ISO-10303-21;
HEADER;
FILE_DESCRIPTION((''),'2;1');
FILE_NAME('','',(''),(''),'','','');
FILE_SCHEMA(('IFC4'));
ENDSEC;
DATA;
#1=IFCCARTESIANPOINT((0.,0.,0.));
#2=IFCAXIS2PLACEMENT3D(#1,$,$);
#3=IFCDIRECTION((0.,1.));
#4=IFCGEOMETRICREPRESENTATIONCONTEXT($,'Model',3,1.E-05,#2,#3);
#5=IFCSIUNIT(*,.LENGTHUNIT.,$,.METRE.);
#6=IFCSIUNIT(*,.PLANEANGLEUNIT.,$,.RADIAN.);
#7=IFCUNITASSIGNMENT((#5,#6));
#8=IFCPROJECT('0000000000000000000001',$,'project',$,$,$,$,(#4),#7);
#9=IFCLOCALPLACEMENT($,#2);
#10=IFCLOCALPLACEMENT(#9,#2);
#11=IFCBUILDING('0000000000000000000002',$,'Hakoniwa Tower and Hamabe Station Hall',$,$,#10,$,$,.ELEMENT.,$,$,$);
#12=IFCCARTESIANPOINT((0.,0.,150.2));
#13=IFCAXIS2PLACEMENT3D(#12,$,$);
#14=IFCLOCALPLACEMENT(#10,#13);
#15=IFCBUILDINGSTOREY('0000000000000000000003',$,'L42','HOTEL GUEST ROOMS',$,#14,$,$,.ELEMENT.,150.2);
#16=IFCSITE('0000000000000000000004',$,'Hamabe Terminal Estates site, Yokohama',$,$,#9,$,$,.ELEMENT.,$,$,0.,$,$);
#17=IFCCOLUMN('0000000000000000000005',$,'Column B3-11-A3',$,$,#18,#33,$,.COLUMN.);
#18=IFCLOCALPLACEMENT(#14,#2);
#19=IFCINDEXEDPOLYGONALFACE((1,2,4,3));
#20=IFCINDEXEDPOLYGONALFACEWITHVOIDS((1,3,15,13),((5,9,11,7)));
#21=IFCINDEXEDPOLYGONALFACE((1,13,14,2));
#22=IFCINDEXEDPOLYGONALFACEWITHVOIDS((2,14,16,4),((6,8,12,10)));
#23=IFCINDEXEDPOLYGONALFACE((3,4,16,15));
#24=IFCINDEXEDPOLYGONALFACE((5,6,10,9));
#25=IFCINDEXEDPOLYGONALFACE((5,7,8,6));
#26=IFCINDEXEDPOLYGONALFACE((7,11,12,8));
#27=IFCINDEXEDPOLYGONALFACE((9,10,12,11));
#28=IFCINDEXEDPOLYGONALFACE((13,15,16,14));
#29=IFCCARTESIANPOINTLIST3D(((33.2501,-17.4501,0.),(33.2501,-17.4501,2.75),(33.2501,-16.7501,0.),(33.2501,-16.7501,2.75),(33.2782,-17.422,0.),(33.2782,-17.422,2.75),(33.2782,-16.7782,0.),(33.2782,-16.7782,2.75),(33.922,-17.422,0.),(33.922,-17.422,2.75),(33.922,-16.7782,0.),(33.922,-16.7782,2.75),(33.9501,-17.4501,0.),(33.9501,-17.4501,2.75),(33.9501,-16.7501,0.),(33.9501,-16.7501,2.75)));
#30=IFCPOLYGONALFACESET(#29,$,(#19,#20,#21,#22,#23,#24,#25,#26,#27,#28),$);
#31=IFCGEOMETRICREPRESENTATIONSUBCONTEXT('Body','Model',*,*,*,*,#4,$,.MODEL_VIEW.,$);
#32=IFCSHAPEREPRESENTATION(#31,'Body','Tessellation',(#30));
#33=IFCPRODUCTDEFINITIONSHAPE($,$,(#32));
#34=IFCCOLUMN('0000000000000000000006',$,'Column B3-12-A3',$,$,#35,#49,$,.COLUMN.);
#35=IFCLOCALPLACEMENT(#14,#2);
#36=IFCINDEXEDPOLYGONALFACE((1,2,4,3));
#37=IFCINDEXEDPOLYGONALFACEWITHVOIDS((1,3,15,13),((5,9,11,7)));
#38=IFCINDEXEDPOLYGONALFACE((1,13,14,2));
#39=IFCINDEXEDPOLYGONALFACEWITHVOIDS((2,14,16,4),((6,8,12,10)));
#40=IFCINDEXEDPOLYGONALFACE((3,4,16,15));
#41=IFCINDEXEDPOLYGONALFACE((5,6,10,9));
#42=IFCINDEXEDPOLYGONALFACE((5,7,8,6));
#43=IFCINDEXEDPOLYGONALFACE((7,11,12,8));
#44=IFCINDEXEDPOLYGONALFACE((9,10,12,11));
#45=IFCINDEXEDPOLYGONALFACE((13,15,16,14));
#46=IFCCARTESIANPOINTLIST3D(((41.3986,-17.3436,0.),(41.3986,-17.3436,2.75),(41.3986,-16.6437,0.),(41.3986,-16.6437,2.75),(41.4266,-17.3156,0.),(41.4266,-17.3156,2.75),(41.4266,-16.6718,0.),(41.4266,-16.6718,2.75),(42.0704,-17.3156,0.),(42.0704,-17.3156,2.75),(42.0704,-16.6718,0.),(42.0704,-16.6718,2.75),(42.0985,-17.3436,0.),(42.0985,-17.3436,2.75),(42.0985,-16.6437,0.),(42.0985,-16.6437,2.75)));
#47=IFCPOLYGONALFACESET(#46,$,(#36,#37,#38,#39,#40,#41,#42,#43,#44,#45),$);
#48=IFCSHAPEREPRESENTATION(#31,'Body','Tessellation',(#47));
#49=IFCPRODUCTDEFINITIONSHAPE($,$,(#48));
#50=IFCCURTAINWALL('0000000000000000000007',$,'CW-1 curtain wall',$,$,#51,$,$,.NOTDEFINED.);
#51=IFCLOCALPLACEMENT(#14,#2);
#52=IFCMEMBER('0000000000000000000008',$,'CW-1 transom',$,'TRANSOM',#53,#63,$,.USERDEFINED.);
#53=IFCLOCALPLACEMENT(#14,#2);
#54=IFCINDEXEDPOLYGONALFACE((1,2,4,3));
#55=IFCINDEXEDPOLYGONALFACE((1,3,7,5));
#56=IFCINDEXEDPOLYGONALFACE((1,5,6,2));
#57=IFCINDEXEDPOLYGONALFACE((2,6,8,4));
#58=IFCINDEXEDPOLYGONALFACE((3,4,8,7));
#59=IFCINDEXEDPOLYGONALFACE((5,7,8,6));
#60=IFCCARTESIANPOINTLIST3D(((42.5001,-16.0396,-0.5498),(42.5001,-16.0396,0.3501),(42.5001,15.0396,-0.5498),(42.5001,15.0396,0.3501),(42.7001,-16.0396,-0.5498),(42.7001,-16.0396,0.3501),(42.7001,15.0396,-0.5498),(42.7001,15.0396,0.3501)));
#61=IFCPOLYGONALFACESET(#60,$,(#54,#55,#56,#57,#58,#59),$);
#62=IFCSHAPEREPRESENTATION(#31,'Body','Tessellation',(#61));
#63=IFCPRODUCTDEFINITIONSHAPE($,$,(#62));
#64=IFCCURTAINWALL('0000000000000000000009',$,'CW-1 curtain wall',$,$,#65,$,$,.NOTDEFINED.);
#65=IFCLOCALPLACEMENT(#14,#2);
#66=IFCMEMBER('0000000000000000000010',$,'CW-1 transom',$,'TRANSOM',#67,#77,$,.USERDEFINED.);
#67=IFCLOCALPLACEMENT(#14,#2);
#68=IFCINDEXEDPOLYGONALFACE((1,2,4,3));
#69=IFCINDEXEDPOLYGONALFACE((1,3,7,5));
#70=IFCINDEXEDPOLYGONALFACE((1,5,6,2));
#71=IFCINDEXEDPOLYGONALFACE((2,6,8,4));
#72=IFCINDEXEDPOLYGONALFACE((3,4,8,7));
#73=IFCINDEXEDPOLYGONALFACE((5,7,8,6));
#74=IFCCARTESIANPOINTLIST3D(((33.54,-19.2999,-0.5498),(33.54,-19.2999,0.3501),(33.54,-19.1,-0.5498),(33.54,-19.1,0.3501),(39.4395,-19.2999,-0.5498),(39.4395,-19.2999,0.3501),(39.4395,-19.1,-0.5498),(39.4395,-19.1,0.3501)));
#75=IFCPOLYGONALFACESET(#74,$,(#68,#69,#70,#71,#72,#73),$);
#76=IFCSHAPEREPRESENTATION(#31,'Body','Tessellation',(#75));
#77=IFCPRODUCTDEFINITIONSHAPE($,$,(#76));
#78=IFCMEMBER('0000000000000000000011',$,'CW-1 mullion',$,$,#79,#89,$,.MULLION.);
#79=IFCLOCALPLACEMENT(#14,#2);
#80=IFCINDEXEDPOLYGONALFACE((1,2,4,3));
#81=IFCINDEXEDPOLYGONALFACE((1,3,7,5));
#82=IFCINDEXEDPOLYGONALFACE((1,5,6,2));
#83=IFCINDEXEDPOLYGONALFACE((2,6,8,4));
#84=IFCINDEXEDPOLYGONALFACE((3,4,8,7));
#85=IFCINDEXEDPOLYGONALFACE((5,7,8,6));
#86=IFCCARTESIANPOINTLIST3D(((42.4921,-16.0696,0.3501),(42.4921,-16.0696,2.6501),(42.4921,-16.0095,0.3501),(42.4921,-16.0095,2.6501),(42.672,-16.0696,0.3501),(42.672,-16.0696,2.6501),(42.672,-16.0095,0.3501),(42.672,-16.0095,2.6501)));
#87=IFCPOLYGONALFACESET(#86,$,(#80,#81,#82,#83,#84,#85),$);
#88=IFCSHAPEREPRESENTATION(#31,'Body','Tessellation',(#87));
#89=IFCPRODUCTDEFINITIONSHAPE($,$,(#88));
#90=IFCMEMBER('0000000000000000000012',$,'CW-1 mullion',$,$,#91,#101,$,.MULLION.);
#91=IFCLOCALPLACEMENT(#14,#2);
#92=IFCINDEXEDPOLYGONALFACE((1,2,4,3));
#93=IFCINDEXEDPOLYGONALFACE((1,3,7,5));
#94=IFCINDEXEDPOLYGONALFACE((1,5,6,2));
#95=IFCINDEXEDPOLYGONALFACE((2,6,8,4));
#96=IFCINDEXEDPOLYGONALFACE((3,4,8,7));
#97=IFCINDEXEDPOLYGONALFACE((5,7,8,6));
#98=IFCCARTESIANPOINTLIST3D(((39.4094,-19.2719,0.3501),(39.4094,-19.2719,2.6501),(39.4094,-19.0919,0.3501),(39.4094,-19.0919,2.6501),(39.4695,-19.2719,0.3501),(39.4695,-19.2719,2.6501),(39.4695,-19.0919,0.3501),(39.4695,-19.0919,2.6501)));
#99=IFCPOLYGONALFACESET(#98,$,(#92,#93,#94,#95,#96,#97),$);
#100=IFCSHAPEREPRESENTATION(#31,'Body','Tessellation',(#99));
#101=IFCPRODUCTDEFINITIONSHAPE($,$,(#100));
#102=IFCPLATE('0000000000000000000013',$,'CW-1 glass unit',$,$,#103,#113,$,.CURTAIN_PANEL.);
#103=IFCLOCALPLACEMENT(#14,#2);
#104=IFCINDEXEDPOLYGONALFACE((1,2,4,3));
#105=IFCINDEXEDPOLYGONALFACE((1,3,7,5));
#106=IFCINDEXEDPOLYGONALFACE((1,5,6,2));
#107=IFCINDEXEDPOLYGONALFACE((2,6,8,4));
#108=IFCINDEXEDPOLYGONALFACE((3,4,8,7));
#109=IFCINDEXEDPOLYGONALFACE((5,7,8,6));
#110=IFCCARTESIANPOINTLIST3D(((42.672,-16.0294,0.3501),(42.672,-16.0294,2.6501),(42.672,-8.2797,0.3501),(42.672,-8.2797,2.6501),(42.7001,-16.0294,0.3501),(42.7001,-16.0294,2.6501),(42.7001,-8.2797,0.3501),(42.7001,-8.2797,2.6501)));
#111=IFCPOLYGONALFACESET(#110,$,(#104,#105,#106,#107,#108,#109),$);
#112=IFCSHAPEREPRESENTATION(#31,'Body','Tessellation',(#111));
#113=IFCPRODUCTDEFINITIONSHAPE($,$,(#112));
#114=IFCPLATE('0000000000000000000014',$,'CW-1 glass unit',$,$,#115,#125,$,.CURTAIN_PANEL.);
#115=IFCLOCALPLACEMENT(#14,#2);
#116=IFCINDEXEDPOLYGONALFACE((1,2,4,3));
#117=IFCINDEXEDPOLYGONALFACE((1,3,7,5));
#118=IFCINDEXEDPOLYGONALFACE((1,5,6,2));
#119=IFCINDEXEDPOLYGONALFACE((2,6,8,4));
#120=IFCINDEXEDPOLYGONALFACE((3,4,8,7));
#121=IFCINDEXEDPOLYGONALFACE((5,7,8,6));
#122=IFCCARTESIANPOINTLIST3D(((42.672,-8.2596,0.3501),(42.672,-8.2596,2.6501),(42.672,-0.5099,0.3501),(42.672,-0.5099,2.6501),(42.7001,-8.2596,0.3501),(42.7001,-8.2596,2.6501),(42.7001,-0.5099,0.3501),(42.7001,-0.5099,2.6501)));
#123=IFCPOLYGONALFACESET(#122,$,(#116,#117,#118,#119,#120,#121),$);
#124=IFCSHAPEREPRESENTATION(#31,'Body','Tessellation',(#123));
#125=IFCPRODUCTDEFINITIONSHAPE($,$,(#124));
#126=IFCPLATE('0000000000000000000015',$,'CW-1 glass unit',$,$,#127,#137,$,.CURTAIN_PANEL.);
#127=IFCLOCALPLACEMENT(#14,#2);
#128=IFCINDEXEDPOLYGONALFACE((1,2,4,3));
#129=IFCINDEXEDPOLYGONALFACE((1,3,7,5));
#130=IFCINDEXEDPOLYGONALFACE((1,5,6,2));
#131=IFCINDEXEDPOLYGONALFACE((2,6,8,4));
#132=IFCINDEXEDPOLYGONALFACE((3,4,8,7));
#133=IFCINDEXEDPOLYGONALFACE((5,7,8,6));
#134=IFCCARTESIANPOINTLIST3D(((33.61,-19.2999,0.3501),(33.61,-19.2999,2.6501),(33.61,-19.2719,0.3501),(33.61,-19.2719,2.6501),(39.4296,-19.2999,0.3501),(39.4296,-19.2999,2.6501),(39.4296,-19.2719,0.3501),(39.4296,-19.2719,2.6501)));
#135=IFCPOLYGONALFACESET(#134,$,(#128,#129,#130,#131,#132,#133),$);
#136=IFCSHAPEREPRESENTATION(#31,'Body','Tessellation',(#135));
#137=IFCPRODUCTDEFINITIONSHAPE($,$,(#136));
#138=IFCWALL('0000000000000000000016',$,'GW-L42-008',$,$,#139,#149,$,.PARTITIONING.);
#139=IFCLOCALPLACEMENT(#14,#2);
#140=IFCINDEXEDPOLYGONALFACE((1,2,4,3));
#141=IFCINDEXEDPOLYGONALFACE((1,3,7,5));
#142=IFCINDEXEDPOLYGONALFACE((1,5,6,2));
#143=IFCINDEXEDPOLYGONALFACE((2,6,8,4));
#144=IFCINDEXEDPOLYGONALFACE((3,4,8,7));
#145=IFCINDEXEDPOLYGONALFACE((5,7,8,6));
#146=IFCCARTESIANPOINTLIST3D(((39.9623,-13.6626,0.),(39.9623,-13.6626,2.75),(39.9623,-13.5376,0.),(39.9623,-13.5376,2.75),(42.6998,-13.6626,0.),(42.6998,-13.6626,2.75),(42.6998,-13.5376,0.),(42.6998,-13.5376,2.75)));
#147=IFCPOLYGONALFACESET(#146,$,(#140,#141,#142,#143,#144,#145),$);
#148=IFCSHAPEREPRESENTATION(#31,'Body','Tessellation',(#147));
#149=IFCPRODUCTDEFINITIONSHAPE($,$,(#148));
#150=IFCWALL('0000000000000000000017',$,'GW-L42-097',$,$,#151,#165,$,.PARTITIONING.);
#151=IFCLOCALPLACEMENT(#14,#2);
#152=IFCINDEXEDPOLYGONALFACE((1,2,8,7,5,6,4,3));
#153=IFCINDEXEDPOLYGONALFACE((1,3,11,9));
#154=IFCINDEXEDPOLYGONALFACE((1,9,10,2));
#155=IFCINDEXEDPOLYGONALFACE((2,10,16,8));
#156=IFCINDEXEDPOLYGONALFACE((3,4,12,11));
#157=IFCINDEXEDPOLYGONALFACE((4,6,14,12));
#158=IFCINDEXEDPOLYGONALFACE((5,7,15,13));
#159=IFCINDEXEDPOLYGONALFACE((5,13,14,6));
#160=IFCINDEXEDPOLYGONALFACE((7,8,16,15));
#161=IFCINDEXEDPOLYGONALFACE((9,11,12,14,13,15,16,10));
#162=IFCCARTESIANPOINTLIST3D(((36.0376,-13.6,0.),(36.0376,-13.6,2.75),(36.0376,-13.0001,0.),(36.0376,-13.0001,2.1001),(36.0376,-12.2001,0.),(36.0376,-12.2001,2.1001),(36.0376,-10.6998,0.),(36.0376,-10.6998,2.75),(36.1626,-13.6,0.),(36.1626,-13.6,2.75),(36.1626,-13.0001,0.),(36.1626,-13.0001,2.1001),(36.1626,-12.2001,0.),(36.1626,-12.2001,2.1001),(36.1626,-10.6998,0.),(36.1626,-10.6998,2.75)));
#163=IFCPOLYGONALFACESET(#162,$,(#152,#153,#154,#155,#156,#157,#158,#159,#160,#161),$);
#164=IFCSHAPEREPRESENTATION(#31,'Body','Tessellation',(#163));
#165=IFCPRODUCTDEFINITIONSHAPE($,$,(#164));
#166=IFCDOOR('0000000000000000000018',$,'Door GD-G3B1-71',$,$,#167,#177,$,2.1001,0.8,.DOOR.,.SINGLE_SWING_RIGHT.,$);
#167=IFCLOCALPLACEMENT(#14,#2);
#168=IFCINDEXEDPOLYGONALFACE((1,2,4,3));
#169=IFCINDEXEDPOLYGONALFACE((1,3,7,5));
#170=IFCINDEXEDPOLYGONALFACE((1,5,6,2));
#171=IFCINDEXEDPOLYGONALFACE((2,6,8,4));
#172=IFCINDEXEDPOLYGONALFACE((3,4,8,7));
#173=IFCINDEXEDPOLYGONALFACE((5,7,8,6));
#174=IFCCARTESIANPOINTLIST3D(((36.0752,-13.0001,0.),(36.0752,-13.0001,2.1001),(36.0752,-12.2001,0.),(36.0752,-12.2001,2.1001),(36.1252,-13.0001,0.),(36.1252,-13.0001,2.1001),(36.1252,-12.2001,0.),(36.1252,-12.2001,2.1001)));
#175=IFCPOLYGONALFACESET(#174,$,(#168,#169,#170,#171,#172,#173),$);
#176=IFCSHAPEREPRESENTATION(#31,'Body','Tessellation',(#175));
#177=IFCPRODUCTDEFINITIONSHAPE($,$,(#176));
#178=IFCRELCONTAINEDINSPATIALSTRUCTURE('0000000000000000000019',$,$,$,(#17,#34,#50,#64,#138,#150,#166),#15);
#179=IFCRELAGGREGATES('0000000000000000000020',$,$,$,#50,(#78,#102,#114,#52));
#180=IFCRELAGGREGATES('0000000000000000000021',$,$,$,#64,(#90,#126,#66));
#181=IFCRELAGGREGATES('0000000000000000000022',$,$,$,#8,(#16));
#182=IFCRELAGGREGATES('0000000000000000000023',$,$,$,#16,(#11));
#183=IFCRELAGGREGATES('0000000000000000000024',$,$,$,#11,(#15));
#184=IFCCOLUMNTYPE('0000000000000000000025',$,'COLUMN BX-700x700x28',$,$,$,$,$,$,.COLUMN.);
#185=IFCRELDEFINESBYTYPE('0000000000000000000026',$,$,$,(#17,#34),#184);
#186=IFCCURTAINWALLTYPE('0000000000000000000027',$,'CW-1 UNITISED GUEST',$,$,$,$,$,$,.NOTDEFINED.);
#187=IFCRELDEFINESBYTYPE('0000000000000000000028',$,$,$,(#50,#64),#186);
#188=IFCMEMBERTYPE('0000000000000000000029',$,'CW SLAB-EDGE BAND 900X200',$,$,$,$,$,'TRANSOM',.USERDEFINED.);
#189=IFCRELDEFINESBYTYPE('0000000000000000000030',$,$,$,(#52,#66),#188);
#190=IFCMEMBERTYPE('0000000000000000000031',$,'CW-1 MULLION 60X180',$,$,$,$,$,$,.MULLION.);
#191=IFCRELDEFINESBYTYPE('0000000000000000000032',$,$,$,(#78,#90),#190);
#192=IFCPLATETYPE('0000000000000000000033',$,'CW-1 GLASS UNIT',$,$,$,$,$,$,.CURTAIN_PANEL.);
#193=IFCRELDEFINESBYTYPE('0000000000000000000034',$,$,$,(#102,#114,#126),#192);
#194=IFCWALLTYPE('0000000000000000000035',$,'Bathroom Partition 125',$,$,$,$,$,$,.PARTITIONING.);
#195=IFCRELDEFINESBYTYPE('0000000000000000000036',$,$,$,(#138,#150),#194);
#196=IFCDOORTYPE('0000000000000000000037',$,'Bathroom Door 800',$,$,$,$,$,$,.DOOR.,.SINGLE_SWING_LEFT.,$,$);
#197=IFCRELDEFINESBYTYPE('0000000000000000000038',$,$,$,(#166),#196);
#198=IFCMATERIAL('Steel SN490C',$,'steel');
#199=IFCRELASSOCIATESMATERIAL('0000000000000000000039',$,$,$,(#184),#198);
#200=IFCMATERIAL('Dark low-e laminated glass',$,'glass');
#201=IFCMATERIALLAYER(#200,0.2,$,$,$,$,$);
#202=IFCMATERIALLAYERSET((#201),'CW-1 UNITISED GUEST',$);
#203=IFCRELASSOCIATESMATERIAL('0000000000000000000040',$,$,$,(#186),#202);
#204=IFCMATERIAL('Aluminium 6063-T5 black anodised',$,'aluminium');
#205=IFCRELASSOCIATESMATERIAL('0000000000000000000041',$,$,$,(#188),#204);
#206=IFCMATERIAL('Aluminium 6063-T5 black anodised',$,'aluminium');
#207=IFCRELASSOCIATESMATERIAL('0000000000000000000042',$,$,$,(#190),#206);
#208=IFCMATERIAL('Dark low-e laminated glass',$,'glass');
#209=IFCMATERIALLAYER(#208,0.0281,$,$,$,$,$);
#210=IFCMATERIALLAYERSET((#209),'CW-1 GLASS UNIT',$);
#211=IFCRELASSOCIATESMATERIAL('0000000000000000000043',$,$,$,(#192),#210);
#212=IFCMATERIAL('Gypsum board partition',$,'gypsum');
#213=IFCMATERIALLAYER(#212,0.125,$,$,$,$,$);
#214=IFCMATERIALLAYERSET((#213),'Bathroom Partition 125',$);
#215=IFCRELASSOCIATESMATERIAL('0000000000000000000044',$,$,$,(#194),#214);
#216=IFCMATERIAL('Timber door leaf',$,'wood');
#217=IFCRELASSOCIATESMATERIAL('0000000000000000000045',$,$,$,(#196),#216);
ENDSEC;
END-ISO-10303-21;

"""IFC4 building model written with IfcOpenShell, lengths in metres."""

from ifc_helpers import new_model, si_unit, direction, frame, frame_2d, origin, origin_2d, place, context, subcontext, project, spatial, rectangle, hollow_rectangle, extrude, material, layer, layer_set, material_profile, profile_set, type_object, element, fill, aggregate, save


model = new_model("IFC4")

# Units and contexts
model_context = context("Model", 3, precision=1e-05, world=origin(), true_north=direction((0.0, 1.0)))
body_context = subcontext(model_context, "Body", "Model", "MODEL_VIEW")
ifc_project = project(units=[si_unit("LENGTHUNIT", "METRE"), si_unit("PLANEANGLEUNIT", "RADIAN")], contexts=[model_context])

# Site, building, storey
site_placement = place(None, origin())
site = spatial("IfcSite", under=ifc_project, at=site_placement, Name="Hamabe Terminal Estates site, Yokohama", CompositionType="ELEMENT", RefElevation=0.0)
building_placement = place(site_placement, origin())
building = spatial("IfcBuilding", under=site, at=building_placement, Name="Hakoniwa Tower and Hamabe Station Hall", CompositionType="ELEMENT")
storey_placement = place(building_placement, frame((0.0, 0.0, 150.2)))
storey = spatial("IfcBuildingStorey", under=building, at=storey_placement, Name="L42", Description="HOTEL GUEST ROOMS", CompositionType="ELEMENT", Elevation=150.2)

# Columns
ifc_material_1 = material(Name="Steel SN490C", Category="steel")
ifc_material_profile_1 = material_profile(ifc_material_1, hollow_rectangle(XDim=0.7, YDim=0.7, WallThickness=0.0281, at=origin_2d()), Name="BX-700x700x28")
ifc_profile_set_1 = profile_set([ifc_material_profile_1], Name="Steel SN490C")
column_type = type_object("IfcColumnType", Name="COLUMN BX-700x700x28", PredefinedType="COLUMN", material=ifc_profile_set_1)
for number, where, z_axis, x_axis, name in (
    (1, (33.6001, -17.1001, 0.0), (0.0, 0.0, 1.0), (1.0, 0.0, 0.0), "Column B3-11-A3"),
    (2, (41.7485, -16.9937, 0.0), (0.0, 0.0, 1.0), (1.0, 0.0, 0.0), "Column B3-12-A3"),
):
    element("IfcColumn", number, at=place(storey_placement, frame(where, z_axis=z_axis, x_axis=x_axis)), inside=storey, type_object=column_type, Name=name, PredefinedType="COLUMN", context=body_context, shape_type="SweptSolid", body=[
        extrude(hollow_rectangle(XDim=0.7, YDim=0.7, WallThickness=0.0281, at=origin_2d()), origin(), (0.0, 0.0, 1.0), 2.75),
    ])

# Curtain walls, members
ifc_material_2 = material(Name="Dark low-e laminated glass", Category="glass")
ifc_layer_1 = layer(ifc_material_2, 0.2)
ifc_layer_set_1 = layer_set([ifc_layer_1], Name="CW-1 UNITISED GUEST")
curtain_wall_type = type_object("IfcCurtainWallType", Name="CW-1 UNITISED GUEST", PredefinedType="NOTDEFINED", material=ifc_layer_set_1)
curtain_wall_1_placement = place(storey_placement, origin())
curtain_wall_1 = element("IfcCurtainWall", 3, at=curtain_wall_1_placement, inside=storey, type_object=curtain_wall_type, Name="CW-1 curtain wall", PredefinedType="NOTDEFINED")
ifc_material_3 = material(Name="Aluminium 6063-T5 black anodised", Category="aluminium")
ifc_material_profile_2 = material_profile(ifc_material_3, rectangle(XDim=0.2, YDim=0.8999, at=origin_2d()), Name="CW SLAB-EDGE BAND 900X200")
ifc_profile_set_2 = profile_set([ifc_material_profile_2], Name="Aluminium 6063-T5 black anodised")
member_type_1 = type_object("IfcMemberType", Name="CW SLAB-EDGE BAND 900X200", ElementType="TRANSOM", PredefinedType="USERDEFINED", material=ifc_profile_set_2)
member_1_placement = place(storey_placement, frame((42.6001, -16.0396, -0.0999), z_axis=(0.0, 1.0, 0.0), x_axis=(-1.0, 0.0, 0.0)))
member_1 = element("IfcMember", 4, at=member_1_placement, type_object=member_type_1, Name="CW-1 transom", ObjectType="TRANSOM", PredefinedType="USERDEFINED", context=body_context, shape_type="SweptSolid", body=[
    extrude(rectangle(XDim=0.2, YDim=0.8999, at=origin_2d()), origin(), (0.0, 0.0, 1.0), 31.0791),
])
curtain_wall_2_placement = place(storey_placement, origin())
curtain_wall_2 = element("IfcCurtainWall", 5, at=curtain_wall_2_placement, inside=storey, type_object=curtain_wall_type, Name="CW-1 curtain wall", PredefinedType="NOTDEFINED")
member_2_placement = place(storey_placement, frame((33.54, -19.2, -0.0999), z_axis=(1.0, 0.0, 0.0), x_axis=(0.0, 1.0, 0.0)))
member_2 = element("IfcMember", 6, at=member_2_placement, type_object=member_type_1, Name="CW-1 transom", ObjectType="TRANSOM", PredefinedType="USERDEFINED", context=body_context, shape_type="SweptSolid", body=[
    extrude(rectangle(XDim=0.2, YDim=0.8999, at=origin_2d()), origin(), (0.0, 0.0, 1.0), 5.8994),
])

# Members
ifc_material_4 = material(Name="Aluminium 6063-T5 black anodised", Category="aluminium")
ifc_material_profile_3 = material_profile(ifc_material_4, rectangle(XDim=0.0601, YDim=0.1799, at=origin_2d()), Name="CW-1 MULLION 60X180")
ifc_profile_set_3 = profile_set([ifc_material_profile_3], Name="Aluminium 6063-T5 black anodised")
member_type_2 = type_object("IfcMemberType", Name="CW-1 MULLION 60X180", PredefinedType="MULLION", material=ifc_profile_set_3)
member_3_placement = place(storey_placement, frame((42.582, -16.0396, 0.3501), z_axis=(0.0, 0.0, 1.0), x_axis=(0.0, 1.0, 0.0)))
member_3 = element("IfcMember", 7, at=member_3_placement, type_object=member_type_2, Name="CW-1 mullion", PredefinedType="MULLION", context=body_context, shape_type="SweptSolid", body=[
    extrude(rectangle(XDim=0.0601, YDim=0.1799, at=origin_2d()), origin(), (0.0, 0.0, 1.0), 2.3),
])
member_4_placement = place(storey_placement, frame((39.4395, -19.1819, 0.3501), z_axis=(0.0, 0.0, 1.0), x_axis=(1.0, 0.0, 0.0)))
member_4 = element("IfcMember", 8, at=member_4_placement, type_object=member_type_2, Name="CW-1 mullion", PredefinedType="MULLION", context=body_context, shape_type="SweptSolid", body=[
    extrude(rectangle(XDim=0.0601, YDim=0.1799, at=origin_2d()), origin(), (0.0, 0.0, 1.0), 2.3),
])

# Plates
ifc_material_5 = material(Name="Dark low-e laminated glass", Category="glass")
ifc_layer_2 = layer(ifc_material_5, 0.0281)
ifc_layer_set_2 = layer_set([ifc_layer_2], Name="CW-1 GLASS UNIT")
plate_type = type_object("IfcPlateType", Name="CW-1 GLASS UNIT", PredefinedType="CURTAIN_PANEL", material=ifc_layer_set_2)
plate_1_placement = place(storey_placement, frame((42.686, -12.1545, 0.3501), z_axis=(0.0, 0.0, 1.0), x_axis=(0.0, 1.0, 0.0)))
plate_1 = element("IfcPlate", 9, at=plate_1_placement, type_object=plate_type, Name="CW-1 glass unit", PredefinedType="CURTAIN_PANEL", context=body_context, shape_type="SweptSolid", body=[
    extrude(rectangle(XDim=7.7498, YDim=0.0281, at=origin_2d()), origin(), (0.0, 0.0, 1.0), 2.3),
])
plate_2_placement = place(storey_placement, frame((42.686, -4.3848, 0.3501), z_axis=(0.0, 0.0, 1.0), x_axis=(0.0, 1.0, 0.0)))
plate_2 = element("IfcPlate", 10, at=plate_2_placement, type_object=plate_type, Name="CW-1 glass unit", PredefinedType="CURTAIN_PANEL", context=body_context, shape_type="SweptSolid", body=[
    extrude(rectangle(XDim=7.7498, YDim=0.0281, at=origin_2d()), origin(), (0.0, 0.0, 1.0), 2.3),
])
aggregate(curtain_wall_1, [member_3, plate_1, plate_2, member_1])
plate_3_placement = place(storey_placement, frame((36.5198, -19.2859, 0.3501), z_axis=(0.0, 0.0, 1.0), x_axis=(1.0, 0.0, 0.0)))
plate_3 = element("IfcPlate", 11, at=plate_3_placement, type_object=plate_type, Name="CW-1 glass unit", PredefinedType="CURTAIN_PANEL", context=body_context, shape_type="SweptSolid", body=[
    extrude(rectangle(XDim=5.8196, YDim=0.0281, at=origin_2d()), origin(), (0.0, 0.0, 1.0), 2.3),
])
aggregate(curtain_wall_2, [member_4, plate_3, member_2])

# Wall
ifc_material_6 = material(Name="Gypsum board partition", Category="gypsum")
ifc_layer_3 = layer(ifc_material_6, 0.125)
ifc_layer_set_3 = layer_set([ifc_layer_3], Name="Bathroom Partition 125")
wall_type_1 = type_object("IfcWallType", Name="Bathroom Partition 125", PredefinedType="PARTITIONING", material=ifc_layer_set_3)
wall_1_placement = place(storey_placement, frame((39.9624, -13.6001, 0.0), z_axis=(0.0, 0.0, 1.0), x_axis=(1.0, 0.0, 0.0)))
element("IfcWall", 12, at=wall_1_placement, inside=storey, type_object=wall_type_1, Name="GW-L42-008", PredefinedType="PARTITIONING", context=body_context, shape_type="SweptSolid", body=[
    extrude(rectangle(XDim=2.7375, YDim=0.125, at=frame_2d((1.3687, 0.0))), origin(), (0.0, 0.0, 1.0), 2.75),
])

# Wall, opening, door
wall_2_placement = place(storey_placement, frame((36.1001, -13.6001, 0.0), z_axis=(0.0, 0.0, 1.0), x_axis=(0.0, 1.0, 0.0)))
wall_2 = element("IfcWall", 13, at=wall_2_placement, inside=storey, type_object=wall_type_1, Name="GW-L42-097", PredefinedType="PARTITIONING", context=body_context, shape_type="SweptSolid", body=[
    extrude(rectangle(XDim=2.9001, YDim=0.125, at=frame_2d((1.4502, 0.0))), origin(), (0.0, 0.0, 1.0), 2.75),
])
opening_1_placement = place(wall_2_placement, frame((0.6001, 0.0, 0.0)))
opening_1 = element("IfcOpeningElement", 14, at=opening_1_placement, cuts=wall_2, PredefinedType="OPENING", context=body_context, shape_type="SweptSolid", body=[
    extrude(rectangle(XDim=0.8, YDim=2.1001, at=frame_2d((0.3999, 1.05))), frame((0.0, 0.0725, 0.0), z_axis=(0.0, -1.0, 0.0), x_axis=(1.0, 0.0, 0.0)), (0.0, 0.0, 1.0), 0.145),
])
ifc_material_7 = material(Name="Timber door leaf", Category="wood")
door_type_1 = type_object("IfcDoorType", Name="Bathroom Door 800", OperationType="SINGLE_SWING_LEFT", PredefinedType="DOOR", material=ifc_material_7)
door_1_placement = place(opening_1_placement, origin())
door_1 = element("IfcDoor", 15, at=door_1_placement, inside=storey, type_object=door_type_1, Name="Door GD-G3B1-71", OperationType="SINGLE_SWING_RIGHT", OverallHeight=2.1001, OverallWidth=0.8, PredefinedType="DOOR", context=body_context, shape_type="SweptSolid", body=[
    extrude(rectangle(XDim=0.8, YDim=2.1001, at=frame_2d((0.3999, 1.05))), frame((0.0, 0.0249, 0.0), z_axis=(0.0, -1.0, 0.0), x_axis=(1.0, 0.0, 0.0)), (0.0, 0.0, 1.0), 0.05),
])
fill(opening_1, door_1)

save(model, "model.ifc")
